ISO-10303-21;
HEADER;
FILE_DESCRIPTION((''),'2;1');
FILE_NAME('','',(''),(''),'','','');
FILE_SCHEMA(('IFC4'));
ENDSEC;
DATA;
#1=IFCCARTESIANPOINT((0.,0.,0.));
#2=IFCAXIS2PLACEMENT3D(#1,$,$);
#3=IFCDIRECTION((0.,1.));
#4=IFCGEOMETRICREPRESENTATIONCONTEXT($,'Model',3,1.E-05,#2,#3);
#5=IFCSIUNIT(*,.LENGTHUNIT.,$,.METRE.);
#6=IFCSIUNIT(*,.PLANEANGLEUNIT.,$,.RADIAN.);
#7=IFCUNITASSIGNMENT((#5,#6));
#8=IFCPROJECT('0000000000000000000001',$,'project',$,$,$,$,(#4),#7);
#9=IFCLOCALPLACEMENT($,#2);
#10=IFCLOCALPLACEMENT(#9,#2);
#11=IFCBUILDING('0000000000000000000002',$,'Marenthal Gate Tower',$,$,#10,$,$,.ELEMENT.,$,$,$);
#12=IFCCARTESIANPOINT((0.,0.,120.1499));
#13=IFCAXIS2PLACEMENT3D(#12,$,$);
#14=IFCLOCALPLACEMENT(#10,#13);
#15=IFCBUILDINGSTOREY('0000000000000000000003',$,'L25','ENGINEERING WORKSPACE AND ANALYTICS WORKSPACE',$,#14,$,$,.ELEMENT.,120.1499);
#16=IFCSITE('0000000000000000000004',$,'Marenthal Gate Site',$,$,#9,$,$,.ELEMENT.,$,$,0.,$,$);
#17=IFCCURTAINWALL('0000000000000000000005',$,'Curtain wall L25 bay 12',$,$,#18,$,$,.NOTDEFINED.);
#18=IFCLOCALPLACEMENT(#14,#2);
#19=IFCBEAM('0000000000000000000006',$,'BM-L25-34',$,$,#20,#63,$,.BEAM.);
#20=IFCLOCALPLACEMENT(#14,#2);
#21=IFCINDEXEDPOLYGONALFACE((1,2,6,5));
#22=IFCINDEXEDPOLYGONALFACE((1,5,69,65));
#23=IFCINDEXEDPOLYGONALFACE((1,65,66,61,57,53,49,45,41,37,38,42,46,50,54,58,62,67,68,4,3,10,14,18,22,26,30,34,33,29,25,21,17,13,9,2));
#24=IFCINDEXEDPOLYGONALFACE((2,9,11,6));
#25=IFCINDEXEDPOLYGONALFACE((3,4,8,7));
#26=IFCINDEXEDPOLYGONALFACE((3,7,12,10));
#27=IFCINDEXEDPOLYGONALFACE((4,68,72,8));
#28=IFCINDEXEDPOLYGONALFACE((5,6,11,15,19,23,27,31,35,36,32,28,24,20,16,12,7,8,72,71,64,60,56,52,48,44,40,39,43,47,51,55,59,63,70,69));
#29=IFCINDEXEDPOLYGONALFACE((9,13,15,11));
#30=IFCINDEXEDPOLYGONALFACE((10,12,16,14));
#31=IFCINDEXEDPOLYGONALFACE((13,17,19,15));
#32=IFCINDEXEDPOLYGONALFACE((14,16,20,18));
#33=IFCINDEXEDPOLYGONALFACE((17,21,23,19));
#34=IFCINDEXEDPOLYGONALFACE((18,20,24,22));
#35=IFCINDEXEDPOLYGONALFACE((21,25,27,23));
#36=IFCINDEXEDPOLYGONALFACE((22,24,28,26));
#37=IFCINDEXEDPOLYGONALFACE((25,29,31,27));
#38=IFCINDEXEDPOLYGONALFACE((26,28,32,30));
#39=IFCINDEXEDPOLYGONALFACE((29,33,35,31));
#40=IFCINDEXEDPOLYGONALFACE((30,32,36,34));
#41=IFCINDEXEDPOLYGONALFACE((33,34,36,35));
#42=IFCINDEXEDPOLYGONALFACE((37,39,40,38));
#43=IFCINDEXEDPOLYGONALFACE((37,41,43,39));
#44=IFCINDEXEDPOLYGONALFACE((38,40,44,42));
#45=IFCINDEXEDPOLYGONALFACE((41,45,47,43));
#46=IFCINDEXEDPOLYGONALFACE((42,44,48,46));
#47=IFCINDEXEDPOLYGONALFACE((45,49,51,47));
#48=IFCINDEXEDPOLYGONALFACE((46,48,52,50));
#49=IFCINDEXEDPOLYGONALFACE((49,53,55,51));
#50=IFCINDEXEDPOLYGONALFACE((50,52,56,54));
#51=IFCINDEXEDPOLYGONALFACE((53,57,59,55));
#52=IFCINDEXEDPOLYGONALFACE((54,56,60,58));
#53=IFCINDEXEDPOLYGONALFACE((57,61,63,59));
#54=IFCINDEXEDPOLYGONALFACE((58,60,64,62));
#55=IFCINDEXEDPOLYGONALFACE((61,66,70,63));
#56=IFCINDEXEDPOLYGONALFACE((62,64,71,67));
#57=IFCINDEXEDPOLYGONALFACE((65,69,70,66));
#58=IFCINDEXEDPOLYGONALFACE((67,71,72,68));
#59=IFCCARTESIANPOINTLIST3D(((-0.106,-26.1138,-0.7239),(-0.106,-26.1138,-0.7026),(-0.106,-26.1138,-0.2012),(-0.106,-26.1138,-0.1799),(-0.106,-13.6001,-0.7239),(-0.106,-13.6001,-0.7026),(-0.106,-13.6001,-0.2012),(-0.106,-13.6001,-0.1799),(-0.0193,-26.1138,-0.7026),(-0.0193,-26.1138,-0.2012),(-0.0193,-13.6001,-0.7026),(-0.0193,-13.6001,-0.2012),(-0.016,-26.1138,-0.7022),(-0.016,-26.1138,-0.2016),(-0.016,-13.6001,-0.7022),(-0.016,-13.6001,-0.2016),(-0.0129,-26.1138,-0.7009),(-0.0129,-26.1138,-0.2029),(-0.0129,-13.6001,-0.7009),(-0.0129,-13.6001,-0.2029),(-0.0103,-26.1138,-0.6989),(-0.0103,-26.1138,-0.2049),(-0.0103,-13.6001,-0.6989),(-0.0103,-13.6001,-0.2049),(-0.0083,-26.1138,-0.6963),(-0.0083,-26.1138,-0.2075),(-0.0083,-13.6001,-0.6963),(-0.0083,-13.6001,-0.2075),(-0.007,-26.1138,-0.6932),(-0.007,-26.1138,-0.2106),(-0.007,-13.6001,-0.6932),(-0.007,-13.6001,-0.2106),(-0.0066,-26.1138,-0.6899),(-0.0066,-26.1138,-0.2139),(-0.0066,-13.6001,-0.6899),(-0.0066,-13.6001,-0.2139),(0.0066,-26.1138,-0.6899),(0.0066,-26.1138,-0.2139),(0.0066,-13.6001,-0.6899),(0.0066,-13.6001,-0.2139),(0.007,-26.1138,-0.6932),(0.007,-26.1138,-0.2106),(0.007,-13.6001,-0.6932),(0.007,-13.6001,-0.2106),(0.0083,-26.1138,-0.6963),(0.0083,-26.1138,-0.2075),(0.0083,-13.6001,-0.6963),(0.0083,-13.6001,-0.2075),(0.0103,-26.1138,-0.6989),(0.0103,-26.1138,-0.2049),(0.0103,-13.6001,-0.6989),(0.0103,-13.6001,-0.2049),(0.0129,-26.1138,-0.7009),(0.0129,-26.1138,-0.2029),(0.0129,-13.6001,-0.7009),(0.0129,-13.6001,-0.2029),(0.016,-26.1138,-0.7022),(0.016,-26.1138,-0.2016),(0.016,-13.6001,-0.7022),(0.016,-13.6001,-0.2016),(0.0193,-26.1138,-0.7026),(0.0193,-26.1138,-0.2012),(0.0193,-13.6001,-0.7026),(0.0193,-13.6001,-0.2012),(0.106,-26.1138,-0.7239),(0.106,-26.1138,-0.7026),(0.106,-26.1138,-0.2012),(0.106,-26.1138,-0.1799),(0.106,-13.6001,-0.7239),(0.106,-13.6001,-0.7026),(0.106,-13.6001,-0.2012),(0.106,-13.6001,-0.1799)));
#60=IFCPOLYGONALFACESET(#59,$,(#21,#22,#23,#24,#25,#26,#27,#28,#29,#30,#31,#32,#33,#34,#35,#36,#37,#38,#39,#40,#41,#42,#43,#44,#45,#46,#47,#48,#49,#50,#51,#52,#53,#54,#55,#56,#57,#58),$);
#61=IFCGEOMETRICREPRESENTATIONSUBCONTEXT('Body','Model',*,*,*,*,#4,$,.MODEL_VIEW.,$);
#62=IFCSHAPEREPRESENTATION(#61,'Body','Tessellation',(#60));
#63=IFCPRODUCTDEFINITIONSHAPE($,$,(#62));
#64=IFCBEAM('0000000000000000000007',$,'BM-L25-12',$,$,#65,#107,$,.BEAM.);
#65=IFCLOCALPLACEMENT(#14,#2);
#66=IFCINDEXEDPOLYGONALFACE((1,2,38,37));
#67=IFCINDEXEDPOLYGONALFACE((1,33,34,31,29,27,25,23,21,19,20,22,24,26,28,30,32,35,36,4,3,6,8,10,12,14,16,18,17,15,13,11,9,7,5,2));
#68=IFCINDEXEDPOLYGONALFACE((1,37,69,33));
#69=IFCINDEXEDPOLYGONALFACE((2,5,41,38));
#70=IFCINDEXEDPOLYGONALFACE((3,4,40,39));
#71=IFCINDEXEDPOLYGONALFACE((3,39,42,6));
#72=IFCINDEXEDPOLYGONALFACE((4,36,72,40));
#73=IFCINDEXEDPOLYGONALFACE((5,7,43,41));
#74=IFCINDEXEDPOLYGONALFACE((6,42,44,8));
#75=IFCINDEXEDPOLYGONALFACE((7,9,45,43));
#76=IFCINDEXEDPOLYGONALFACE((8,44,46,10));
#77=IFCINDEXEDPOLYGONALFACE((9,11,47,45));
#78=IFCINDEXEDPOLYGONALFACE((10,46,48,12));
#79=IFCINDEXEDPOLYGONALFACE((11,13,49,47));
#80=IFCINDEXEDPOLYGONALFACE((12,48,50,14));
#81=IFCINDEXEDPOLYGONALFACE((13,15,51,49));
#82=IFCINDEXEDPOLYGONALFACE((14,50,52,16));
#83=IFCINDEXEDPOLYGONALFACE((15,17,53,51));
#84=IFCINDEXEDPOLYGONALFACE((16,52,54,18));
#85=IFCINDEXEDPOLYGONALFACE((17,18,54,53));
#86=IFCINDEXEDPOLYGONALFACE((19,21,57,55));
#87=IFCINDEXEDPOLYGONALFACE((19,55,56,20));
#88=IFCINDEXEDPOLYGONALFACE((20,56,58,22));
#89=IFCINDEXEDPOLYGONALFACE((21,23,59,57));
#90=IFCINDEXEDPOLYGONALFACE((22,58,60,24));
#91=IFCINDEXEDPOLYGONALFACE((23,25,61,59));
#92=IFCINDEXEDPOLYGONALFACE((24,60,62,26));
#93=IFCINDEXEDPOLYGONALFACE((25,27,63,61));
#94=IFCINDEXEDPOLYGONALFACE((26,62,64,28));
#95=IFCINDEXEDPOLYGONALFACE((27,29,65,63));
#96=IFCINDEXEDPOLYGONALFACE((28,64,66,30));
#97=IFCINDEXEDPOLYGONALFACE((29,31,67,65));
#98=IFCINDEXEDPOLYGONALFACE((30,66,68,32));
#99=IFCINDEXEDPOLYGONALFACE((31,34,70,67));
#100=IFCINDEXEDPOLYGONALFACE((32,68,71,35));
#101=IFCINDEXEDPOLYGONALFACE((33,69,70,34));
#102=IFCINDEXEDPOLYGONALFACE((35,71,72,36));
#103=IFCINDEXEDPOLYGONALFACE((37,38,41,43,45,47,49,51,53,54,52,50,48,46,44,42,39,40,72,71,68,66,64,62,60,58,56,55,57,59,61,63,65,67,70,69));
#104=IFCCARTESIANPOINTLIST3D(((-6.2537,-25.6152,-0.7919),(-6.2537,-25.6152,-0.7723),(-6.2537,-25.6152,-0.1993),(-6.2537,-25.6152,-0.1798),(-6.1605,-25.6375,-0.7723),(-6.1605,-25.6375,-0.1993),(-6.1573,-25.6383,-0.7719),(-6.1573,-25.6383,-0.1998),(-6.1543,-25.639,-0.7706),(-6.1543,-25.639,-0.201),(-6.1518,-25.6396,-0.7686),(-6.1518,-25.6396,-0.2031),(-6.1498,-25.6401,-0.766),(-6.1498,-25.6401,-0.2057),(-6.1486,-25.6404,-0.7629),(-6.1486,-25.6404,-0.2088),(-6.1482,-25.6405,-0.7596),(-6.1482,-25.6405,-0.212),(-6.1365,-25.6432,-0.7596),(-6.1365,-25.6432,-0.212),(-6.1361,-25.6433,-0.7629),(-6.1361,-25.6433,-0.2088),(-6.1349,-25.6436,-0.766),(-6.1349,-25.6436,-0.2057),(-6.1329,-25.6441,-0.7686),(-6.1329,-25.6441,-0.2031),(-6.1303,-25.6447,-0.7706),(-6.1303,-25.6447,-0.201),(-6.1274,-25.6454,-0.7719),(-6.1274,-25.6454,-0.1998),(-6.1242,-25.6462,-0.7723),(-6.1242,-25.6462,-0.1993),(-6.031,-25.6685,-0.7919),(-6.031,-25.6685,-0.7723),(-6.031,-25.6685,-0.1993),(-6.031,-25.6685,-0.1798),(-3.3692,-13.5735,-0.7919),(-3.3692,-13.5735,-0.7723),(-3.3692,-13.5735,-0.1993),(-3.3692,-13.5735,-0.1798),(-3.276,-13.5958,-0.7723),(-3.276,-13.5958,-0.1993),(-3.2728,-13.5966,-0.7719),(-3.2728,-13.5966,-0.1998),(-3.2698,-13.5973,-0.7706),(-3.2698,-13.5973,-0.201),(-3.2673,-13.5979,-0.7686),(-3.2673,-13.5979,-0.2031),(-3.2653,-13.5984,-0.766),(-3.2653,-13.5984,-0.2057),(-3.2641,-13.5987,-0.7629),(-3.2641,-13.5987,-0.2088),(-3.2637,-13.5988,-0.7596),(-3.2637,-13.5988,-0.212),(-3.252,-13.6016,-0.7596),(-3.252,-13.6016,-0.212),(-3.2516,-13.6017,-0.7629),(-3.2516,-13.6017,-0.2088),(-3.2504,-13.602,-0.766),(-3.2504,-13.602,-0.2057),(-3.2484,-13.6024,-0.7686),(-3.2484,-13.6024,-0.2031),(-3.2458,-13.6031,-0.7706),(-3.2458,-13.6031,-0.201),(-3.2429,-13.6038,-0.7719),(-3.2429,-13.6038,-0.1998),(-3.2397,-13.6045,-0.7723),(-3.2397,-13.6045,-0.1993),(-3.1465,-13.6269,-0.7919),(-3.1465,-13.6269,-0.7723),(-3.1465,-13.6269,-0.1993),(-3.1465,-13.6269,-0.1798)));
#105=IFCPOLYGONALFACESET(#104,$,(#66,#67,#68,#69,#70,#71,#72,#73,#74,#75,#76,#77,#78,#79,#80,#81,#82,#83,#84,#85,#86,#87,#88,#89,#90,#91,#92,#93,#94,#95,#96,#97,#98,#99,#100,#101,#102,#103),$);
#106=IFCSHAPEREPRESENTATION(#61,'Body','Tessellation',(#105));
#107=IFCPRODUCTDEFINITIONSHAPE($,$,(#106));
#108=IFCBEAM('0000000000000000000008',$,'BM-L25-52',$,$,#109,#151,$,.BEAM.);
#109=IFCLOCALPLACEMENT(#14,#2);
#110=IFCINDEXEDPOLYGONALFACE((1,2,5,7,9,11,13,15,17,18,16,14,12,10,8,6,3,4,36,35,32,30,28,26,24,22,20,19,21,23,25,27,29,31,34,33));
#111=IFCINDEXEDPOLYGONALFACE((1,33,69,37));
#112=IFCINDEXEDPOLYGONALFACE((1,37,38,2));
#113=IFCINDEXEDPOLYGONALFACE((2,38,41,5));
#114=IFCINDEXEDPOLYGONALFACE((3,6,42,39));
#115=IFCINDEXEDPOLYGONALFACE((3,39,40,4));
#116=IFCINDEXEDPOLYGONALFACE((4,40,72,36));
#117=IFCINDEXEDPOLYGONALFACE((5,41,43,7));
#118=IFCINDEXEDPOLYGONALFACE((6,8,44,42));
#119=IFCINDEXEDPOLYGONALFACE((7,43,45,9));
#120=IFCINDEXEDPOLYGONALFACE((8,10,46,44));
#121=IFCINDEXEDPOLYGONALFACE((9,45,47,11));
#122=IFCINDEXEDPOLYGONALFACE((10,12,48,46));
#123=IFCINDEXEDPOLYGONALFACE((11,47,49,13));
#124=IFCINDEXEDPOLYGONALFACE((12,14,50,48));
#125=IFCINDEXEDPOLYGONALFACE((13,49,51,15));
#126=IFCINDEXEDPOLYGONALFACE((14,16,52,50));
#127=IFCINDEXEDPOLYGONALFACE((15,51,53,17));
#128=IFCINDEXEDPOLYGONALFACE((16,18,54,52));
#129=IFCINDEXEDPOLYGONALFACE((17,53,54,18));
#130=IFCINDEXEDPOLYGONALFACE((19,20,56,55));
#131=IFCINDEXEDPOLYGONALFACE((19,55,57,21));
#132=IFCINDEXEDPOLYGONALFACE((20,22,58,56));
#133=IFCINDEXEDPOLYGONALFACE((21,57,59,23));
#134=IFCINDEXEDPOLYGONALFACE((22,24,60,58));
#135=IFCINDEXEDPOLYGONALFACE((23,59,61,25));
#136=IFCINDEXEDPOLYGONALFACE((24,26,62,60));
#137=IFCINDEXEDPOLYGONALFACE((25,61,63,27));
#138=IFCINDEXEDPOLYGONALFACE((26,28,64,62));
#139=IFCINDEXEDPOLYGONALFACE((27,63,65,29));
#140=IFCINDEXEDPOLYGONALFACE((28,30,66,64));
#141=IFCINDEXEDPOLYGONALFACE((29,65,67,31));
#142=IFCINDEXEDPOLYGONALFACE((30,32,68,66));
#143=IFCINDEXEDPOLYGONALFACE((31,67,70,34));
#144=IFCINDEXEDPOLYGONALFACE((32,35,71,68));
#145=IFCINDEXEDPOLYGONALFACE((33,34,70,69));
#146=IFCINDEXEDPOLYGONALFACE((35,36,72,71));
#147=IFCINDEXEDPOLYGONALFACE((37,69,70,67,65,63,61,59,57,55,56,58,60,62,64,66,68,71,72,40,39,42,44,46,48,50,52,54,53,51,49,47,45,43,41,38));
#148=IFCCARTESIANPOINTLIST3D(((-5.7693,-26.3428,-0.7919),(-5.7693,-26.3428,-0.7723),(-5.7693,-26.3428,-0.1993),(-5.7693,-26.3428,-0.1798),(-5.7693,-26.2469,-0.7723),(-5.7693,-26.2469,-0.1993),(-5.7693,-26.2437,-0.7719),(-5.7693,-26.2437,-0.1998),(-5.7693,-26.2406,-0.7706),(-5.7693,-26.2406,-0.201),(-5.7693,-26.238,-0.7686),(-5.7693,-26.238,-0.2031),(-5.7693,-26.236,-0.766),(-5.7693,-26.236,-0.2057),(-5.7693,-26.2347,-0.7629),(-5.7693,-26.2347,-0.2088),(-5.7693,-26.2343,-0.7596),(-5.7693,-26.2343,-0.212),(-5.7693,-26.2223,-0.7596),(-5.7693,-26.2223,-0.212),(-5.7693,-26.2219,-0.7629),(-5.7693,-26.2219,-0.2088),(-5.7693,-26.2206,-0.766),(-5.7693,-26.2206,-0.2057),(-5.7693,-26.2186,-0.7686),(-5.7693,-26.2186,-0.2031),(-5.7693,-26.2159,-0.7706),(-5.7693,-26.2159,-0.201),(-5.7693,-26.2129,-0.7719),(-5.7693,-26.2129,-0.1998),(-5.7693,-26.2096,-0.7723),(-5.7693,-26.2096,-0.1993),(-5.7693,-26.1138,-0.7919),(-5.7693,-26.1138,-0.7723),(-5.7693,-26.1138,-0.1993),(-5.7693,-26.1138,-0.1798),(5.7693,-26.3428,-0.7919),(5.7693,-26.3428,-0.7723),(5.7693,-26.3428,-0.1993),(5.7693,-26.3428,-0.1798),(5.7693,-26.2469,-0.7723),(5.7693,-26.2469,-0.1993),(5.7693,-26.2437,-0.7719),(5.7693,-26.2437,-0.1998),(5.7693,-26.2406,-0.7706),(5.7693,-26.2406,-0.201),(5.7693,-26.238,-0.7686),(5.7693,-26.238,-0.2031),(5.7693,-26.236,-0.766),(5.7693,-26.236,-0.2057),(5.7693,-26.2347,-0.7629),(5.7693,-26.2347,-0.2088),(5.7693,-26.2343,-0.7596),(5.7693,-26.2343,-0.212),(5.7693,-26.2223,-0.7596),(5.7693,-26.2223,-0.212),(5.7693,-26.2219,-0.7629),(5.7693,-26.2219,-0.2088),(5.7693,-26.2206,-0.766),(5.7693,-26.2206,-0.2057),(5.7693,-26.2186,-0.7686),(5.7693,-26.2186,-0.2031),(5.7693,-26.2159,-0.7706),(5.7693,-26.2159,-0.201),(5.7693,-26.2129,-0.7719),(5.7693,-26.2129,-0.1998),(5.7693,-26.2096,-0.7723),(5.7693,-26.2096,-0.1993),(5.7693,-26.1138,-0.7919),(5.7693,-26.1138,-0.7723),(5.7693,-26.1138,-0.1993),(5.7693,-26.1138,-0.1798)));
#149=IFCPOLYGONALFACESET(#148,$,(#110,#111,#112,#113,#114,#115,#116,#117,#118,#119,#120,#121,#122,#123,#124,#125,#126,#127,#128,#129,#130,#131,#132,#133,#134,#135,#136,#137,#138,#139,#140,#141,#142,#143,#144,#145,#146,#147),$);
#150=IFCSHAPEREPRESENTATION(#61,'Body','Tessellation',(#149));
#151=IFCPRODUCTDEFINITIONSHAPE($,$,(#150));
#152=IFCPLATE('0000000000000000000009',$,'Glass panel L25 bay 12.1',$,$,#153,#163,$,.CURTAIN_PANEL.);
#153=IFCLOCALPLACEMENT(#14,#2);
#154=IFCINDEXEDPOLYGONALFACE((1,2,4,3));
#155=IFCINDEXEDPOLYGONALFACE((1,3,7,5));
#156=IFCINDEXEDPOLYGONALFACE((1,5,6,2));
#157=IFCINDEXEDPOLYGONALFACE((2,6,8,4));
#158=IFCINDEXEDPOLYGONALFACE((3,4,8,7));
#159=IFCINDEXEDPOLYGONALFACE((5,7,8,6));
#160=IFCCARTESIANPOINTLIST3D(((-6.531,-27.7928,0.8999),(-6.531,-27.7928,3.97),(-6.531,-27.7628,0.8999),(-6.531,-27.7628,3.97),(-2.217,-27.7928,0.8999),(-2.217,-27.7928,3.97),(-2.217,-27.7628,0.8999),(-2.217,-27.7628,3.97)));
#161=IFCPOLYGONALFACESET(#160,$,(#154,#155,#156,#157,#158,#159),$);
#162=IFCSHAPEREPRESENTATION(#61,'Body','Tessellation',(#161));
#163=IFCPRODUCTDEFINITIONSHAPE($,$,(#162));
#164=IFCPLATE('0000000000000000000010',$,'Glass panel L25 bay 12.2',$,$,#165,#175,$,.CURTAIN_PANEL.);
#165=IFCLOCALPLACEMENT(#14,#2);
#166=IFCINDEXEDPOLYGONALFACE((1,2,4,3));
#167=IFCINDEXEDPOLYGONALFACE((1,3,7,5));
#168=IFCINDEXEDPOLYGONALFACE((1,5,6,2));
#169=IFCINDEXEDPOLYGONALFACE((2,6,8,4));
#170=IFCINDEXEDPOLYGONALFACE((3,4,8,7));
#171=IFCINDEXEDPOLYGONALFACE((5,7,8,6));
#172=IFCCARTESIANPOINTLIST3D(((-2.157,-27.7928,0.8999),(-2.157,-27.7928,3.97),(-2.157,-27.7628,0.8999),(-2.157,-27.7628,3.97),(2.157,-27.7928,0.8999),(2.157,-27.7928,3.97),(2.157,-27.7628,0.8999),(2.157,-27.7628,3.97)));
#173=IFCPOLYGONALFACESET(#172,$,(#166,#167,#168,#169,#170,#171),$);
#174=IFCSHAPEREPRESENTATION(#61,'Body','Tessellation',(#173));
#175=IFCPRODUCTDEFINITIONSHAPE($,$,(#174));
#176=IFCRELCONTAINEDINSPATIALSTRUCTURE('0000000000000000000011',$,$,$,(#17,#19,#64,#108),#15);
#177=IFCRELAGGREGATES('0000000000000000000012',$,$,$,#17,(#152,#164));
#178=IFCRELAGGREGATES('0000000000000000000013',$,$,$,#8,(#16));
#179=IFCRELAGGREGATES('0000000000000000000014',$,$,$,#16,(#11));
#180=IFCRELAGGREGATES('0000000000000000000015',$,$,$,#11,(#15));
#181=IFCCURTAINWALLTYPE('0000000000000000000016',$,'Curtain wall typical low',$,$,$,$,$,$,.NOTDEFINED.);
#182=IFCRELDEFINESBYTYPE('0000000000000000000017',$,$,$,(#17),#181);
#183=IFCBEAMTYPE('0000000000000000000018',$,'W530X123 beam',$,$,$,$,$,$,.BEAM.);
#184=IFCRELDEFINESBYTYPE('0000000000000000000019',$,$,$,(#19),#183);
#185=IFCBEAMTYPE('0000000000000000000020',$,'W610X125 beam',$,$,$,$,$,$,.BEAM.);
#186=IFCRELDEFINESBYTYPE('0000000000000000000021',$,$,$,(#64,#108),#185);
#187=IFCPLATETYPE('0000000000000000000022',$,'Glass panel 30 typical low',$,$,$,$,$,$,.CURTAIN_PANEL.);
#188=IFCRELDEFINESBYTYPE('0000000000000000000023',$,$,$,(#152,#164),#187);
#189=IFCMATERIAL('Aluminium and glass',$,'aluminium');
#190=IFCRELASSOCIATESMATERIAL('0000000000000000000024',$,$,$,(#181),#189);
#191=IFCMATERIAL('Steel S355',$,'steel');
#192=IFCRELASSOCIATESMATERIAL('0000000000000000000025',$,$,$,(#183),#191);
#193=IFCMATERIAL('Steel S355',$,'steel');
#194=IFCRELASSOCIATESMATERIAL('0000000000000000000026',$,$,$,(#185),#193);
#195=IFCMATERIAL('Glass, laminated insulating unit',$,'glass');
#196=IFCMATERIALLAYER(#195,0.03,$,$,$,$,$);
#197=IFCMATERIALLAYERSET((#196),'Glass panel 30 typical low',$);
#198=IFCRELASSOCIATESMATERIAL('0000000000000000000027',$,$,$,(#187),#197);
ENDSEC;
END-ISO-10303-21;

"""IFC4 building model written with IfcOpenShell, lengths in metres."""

from ifc_helpers import new_model, si_unit, direction, frame, origin, origin_2d, place, context, subcontext, project, spatial, rectangle, i_section, extrude, material, layer, layer_set, material_profile, profile_set, type_object, element, aggregate, save


model = new_model("IFC4")

# Units and contexts
model_context = context("Model", 3, precision=1e-05, world=origin(), true_north=direction((0.0, 1.0)))
body_context = subcontext(model_context, "Body", "Model", "MODEL_VIEW")
ifc_project = project(units=[si_unit("LENGTHUNIT", "METRE"), si_unit("PLANEANGLEUNIT", "RADIAN")], contexts=[model_context])

# Site, building, storey
site_placement = place(None, origin())
site = spatial("IfcSite", under=ifc_project, at=site_placement, Name="Marenthal Gate Site", CompositionType="ELEMENT", RefElevation=0.0)
building_placement = place(site_placement, origin())
building = spatial("IfcBuilding", under=site, at=building_placement, Name="Marenthal Gate Tower", CompositionType="ELEMENT")
storey_placement = place(building_placement, frame((0.0, 0.0, 120.1499)))
storey = spatial("IfcBuildingStorey", under=building, at=storey_placement, Name="L25", Description="ENGINEERING WORKSPACE AND ANALYTICS WORKSPACE", CompositionType="ELEMENT", Elevation=120.1499)

# Curtain wall
ifc_material_1 = material(Name="Aluminium and glass", Category="aluminium")
curtain_wall_type = type_object("IfcCurtainWallType", Name="Curtain wall typical low", PredefinedType="NOTDEFINED", material=ifc_material_1)
curtain_wall_placement = place(storey_placement, origin())
curtain_wall = element("IfcCurtainWall", 1, at=curtain_wall_placement, inside=storey, type_object=curtain_wall_type, Name="Curtain wall L25 bay 12", PredefinedType="NOTDEFINED")

# Beams
ifc_material_2 = material(Name="Steel S355", Category="steel")
ifc_material_profile_1 = material_profile(ifc_material_2, i_section(OverallWidth=0.2119, OverallDepth=0.5439, WebThickness=0.0132, FlangeThickness=0.0212, FilletRadius=0.0127, at=origin_2d()), Name="W530X123")
ifc_profile_set_1 = profile_set([ifc_material_profile_1], Name="Steel S355")
beam_type_1 = type_object("IfcBeamType", Name="W530X123 beam", PredefinedType="BEAM", material=ifc_profile_set_1)
beam_1_placement = place(storey_placement, frame((0.0, -26.1138, -0.4519), z_axis=(0.0, 1.0, 0.0), x_axis=(-1.0, 0.0, 0.0)))
element("IfcBeam", 2, at=beam_1_placement, inside=storey, type_object=beam_type_1, Name="BM-L25-34", PredefinedType="BEAM", context=body_context, shape_type="SweptSolid", body=[
    extrude(i_section(OverallWidth=0.2119, OverallDepth=0.5439, WebThickness=0.0132, FlangeThickness=0.0212, FilletRadius=0.0127, at=origin_2d()), origin(), (0.0, 0.0, 1.0), 12.5137),
])
ifc_material_3 = material(Name="Steel S355", Category="steel")
ifc_material_profile_2 = material_profile(ifc_material_3, i_section(OverallWidth=0.229, OverallDepth=0.6121, WebThickness=0.012, FlangeThickness=0.0195, FilletRadius=0.0127, at=origin_2d()), Name="W610X125")
ifc_profile_set_2 = profile_set([ifc_material_profile_2], Name="Steel S355")
beam_type_2 = type_object("IfcBeamType", Name="W610X125 beam", PredefinedType="BEAM", material=ifc_profile_set_2)
beam_2_placement = place(storey_placement, frame((-6.1423, -25.6418, -0.4858), z_axis=(0.232953, 0.972488, 0.0), x_axis=(-0.972488, 0.232953, 0.0)))
element("IfcBeam", 3, at=beam_2_placement, inside=storey, type_object=beam_type_2, Name="BM-L25-12", PredefinedType="BEAM", context=body_context, shape_type="SweptSolid", body=[
    extrude(i_section(OverallWidth=0.229, OverallDepth=0.6121, WebThickness=0.012, FlangeThickness=0.0195, FilletRadius=0.0127, at=origin_2d()), origin(), (0.0, 0.0, 1.0), 12.3823),
])
beam_3_placement = place(storey_placement, frame((-5.7693, -26.2283, -0.4858), z_axis=(1.0, 0.0, 0.0), x_axis=(0.0, 1.0, 0.0)))
element("IfcBeam", 4, at=beam_3_placement, inside=storey, type_object=beam_type_2, Name="BM-L25-52", PredefinedType="BEAM", context=body_context, shape_type="SweptSolid", body=[
    extrude(i_section(OverallWidth=0.229, OverallDepth=0.6121, WebThickness=0.012, FlangeThickness=0.0195, FilletRadius=0.0127, at=origin_2d()), origin(), (0.0, 0.0, 1.0), 11.5386),
])

# Plates
ifc_material_4 = material(Name="Glass, laminated insulating unit", Category="glass")
ifc_layer_1 = layer(ifc_material_4, 0.03)
ifc_layer_set_1 = layer_set([ifc_layer_1], Name="Glass panel 30 typical low")
plate_type = type_object("IfcPlateType", Name="Glass panel 30 typical low", PredefinedType="CURTAIN_PANEL", material=ifc_layer_set_1)
plate_1_placement = place(storey_placement, frame((-4.374, -27.7778, 0.8999), z_axis=(0.0, 0.0, 1.0), x_axis=(1.0, 0.0, 0.0)))
plate_1 = element("IfcPlate", 5, at=plate_1_placement, type_object=plate_type, Name="Glass panel L25 bay 12.1", PredefinedType="CURTAIN_PANEL", context=body_context, shape_type="SweptSolid", body=[
    extrude(rectangle(XDim=4.314, YDim=0.03, at=origin_2d()), origin(), (0.0, 0.0, 1.0), 3.0701),
])
plate_2_placement = place(storey_placement, frame((0.0, -27.7778, 0.8999), z_axis=(0.0, 0.0, 1.0), x_axis=(1.0, 0.0, 0.0)))
plate_2 = element("IfcPlate", 6, at=plate_2_placement, type_object=plate_type, Name="Glass panel L25 bay 12.2", PredefinedType="CURTAIN_PANEL", context=body_context, shape_type="SweptSolid", body=[
    extrude(rectangle(XDim=4.314, YDim=0.03, at=origin_2d()), origin(), (0.0, 0.0, 1.0), 3.0701),
])
aggregate(curtain_wall, [plate_1, plate_2])

save(model, "model.ifc")
